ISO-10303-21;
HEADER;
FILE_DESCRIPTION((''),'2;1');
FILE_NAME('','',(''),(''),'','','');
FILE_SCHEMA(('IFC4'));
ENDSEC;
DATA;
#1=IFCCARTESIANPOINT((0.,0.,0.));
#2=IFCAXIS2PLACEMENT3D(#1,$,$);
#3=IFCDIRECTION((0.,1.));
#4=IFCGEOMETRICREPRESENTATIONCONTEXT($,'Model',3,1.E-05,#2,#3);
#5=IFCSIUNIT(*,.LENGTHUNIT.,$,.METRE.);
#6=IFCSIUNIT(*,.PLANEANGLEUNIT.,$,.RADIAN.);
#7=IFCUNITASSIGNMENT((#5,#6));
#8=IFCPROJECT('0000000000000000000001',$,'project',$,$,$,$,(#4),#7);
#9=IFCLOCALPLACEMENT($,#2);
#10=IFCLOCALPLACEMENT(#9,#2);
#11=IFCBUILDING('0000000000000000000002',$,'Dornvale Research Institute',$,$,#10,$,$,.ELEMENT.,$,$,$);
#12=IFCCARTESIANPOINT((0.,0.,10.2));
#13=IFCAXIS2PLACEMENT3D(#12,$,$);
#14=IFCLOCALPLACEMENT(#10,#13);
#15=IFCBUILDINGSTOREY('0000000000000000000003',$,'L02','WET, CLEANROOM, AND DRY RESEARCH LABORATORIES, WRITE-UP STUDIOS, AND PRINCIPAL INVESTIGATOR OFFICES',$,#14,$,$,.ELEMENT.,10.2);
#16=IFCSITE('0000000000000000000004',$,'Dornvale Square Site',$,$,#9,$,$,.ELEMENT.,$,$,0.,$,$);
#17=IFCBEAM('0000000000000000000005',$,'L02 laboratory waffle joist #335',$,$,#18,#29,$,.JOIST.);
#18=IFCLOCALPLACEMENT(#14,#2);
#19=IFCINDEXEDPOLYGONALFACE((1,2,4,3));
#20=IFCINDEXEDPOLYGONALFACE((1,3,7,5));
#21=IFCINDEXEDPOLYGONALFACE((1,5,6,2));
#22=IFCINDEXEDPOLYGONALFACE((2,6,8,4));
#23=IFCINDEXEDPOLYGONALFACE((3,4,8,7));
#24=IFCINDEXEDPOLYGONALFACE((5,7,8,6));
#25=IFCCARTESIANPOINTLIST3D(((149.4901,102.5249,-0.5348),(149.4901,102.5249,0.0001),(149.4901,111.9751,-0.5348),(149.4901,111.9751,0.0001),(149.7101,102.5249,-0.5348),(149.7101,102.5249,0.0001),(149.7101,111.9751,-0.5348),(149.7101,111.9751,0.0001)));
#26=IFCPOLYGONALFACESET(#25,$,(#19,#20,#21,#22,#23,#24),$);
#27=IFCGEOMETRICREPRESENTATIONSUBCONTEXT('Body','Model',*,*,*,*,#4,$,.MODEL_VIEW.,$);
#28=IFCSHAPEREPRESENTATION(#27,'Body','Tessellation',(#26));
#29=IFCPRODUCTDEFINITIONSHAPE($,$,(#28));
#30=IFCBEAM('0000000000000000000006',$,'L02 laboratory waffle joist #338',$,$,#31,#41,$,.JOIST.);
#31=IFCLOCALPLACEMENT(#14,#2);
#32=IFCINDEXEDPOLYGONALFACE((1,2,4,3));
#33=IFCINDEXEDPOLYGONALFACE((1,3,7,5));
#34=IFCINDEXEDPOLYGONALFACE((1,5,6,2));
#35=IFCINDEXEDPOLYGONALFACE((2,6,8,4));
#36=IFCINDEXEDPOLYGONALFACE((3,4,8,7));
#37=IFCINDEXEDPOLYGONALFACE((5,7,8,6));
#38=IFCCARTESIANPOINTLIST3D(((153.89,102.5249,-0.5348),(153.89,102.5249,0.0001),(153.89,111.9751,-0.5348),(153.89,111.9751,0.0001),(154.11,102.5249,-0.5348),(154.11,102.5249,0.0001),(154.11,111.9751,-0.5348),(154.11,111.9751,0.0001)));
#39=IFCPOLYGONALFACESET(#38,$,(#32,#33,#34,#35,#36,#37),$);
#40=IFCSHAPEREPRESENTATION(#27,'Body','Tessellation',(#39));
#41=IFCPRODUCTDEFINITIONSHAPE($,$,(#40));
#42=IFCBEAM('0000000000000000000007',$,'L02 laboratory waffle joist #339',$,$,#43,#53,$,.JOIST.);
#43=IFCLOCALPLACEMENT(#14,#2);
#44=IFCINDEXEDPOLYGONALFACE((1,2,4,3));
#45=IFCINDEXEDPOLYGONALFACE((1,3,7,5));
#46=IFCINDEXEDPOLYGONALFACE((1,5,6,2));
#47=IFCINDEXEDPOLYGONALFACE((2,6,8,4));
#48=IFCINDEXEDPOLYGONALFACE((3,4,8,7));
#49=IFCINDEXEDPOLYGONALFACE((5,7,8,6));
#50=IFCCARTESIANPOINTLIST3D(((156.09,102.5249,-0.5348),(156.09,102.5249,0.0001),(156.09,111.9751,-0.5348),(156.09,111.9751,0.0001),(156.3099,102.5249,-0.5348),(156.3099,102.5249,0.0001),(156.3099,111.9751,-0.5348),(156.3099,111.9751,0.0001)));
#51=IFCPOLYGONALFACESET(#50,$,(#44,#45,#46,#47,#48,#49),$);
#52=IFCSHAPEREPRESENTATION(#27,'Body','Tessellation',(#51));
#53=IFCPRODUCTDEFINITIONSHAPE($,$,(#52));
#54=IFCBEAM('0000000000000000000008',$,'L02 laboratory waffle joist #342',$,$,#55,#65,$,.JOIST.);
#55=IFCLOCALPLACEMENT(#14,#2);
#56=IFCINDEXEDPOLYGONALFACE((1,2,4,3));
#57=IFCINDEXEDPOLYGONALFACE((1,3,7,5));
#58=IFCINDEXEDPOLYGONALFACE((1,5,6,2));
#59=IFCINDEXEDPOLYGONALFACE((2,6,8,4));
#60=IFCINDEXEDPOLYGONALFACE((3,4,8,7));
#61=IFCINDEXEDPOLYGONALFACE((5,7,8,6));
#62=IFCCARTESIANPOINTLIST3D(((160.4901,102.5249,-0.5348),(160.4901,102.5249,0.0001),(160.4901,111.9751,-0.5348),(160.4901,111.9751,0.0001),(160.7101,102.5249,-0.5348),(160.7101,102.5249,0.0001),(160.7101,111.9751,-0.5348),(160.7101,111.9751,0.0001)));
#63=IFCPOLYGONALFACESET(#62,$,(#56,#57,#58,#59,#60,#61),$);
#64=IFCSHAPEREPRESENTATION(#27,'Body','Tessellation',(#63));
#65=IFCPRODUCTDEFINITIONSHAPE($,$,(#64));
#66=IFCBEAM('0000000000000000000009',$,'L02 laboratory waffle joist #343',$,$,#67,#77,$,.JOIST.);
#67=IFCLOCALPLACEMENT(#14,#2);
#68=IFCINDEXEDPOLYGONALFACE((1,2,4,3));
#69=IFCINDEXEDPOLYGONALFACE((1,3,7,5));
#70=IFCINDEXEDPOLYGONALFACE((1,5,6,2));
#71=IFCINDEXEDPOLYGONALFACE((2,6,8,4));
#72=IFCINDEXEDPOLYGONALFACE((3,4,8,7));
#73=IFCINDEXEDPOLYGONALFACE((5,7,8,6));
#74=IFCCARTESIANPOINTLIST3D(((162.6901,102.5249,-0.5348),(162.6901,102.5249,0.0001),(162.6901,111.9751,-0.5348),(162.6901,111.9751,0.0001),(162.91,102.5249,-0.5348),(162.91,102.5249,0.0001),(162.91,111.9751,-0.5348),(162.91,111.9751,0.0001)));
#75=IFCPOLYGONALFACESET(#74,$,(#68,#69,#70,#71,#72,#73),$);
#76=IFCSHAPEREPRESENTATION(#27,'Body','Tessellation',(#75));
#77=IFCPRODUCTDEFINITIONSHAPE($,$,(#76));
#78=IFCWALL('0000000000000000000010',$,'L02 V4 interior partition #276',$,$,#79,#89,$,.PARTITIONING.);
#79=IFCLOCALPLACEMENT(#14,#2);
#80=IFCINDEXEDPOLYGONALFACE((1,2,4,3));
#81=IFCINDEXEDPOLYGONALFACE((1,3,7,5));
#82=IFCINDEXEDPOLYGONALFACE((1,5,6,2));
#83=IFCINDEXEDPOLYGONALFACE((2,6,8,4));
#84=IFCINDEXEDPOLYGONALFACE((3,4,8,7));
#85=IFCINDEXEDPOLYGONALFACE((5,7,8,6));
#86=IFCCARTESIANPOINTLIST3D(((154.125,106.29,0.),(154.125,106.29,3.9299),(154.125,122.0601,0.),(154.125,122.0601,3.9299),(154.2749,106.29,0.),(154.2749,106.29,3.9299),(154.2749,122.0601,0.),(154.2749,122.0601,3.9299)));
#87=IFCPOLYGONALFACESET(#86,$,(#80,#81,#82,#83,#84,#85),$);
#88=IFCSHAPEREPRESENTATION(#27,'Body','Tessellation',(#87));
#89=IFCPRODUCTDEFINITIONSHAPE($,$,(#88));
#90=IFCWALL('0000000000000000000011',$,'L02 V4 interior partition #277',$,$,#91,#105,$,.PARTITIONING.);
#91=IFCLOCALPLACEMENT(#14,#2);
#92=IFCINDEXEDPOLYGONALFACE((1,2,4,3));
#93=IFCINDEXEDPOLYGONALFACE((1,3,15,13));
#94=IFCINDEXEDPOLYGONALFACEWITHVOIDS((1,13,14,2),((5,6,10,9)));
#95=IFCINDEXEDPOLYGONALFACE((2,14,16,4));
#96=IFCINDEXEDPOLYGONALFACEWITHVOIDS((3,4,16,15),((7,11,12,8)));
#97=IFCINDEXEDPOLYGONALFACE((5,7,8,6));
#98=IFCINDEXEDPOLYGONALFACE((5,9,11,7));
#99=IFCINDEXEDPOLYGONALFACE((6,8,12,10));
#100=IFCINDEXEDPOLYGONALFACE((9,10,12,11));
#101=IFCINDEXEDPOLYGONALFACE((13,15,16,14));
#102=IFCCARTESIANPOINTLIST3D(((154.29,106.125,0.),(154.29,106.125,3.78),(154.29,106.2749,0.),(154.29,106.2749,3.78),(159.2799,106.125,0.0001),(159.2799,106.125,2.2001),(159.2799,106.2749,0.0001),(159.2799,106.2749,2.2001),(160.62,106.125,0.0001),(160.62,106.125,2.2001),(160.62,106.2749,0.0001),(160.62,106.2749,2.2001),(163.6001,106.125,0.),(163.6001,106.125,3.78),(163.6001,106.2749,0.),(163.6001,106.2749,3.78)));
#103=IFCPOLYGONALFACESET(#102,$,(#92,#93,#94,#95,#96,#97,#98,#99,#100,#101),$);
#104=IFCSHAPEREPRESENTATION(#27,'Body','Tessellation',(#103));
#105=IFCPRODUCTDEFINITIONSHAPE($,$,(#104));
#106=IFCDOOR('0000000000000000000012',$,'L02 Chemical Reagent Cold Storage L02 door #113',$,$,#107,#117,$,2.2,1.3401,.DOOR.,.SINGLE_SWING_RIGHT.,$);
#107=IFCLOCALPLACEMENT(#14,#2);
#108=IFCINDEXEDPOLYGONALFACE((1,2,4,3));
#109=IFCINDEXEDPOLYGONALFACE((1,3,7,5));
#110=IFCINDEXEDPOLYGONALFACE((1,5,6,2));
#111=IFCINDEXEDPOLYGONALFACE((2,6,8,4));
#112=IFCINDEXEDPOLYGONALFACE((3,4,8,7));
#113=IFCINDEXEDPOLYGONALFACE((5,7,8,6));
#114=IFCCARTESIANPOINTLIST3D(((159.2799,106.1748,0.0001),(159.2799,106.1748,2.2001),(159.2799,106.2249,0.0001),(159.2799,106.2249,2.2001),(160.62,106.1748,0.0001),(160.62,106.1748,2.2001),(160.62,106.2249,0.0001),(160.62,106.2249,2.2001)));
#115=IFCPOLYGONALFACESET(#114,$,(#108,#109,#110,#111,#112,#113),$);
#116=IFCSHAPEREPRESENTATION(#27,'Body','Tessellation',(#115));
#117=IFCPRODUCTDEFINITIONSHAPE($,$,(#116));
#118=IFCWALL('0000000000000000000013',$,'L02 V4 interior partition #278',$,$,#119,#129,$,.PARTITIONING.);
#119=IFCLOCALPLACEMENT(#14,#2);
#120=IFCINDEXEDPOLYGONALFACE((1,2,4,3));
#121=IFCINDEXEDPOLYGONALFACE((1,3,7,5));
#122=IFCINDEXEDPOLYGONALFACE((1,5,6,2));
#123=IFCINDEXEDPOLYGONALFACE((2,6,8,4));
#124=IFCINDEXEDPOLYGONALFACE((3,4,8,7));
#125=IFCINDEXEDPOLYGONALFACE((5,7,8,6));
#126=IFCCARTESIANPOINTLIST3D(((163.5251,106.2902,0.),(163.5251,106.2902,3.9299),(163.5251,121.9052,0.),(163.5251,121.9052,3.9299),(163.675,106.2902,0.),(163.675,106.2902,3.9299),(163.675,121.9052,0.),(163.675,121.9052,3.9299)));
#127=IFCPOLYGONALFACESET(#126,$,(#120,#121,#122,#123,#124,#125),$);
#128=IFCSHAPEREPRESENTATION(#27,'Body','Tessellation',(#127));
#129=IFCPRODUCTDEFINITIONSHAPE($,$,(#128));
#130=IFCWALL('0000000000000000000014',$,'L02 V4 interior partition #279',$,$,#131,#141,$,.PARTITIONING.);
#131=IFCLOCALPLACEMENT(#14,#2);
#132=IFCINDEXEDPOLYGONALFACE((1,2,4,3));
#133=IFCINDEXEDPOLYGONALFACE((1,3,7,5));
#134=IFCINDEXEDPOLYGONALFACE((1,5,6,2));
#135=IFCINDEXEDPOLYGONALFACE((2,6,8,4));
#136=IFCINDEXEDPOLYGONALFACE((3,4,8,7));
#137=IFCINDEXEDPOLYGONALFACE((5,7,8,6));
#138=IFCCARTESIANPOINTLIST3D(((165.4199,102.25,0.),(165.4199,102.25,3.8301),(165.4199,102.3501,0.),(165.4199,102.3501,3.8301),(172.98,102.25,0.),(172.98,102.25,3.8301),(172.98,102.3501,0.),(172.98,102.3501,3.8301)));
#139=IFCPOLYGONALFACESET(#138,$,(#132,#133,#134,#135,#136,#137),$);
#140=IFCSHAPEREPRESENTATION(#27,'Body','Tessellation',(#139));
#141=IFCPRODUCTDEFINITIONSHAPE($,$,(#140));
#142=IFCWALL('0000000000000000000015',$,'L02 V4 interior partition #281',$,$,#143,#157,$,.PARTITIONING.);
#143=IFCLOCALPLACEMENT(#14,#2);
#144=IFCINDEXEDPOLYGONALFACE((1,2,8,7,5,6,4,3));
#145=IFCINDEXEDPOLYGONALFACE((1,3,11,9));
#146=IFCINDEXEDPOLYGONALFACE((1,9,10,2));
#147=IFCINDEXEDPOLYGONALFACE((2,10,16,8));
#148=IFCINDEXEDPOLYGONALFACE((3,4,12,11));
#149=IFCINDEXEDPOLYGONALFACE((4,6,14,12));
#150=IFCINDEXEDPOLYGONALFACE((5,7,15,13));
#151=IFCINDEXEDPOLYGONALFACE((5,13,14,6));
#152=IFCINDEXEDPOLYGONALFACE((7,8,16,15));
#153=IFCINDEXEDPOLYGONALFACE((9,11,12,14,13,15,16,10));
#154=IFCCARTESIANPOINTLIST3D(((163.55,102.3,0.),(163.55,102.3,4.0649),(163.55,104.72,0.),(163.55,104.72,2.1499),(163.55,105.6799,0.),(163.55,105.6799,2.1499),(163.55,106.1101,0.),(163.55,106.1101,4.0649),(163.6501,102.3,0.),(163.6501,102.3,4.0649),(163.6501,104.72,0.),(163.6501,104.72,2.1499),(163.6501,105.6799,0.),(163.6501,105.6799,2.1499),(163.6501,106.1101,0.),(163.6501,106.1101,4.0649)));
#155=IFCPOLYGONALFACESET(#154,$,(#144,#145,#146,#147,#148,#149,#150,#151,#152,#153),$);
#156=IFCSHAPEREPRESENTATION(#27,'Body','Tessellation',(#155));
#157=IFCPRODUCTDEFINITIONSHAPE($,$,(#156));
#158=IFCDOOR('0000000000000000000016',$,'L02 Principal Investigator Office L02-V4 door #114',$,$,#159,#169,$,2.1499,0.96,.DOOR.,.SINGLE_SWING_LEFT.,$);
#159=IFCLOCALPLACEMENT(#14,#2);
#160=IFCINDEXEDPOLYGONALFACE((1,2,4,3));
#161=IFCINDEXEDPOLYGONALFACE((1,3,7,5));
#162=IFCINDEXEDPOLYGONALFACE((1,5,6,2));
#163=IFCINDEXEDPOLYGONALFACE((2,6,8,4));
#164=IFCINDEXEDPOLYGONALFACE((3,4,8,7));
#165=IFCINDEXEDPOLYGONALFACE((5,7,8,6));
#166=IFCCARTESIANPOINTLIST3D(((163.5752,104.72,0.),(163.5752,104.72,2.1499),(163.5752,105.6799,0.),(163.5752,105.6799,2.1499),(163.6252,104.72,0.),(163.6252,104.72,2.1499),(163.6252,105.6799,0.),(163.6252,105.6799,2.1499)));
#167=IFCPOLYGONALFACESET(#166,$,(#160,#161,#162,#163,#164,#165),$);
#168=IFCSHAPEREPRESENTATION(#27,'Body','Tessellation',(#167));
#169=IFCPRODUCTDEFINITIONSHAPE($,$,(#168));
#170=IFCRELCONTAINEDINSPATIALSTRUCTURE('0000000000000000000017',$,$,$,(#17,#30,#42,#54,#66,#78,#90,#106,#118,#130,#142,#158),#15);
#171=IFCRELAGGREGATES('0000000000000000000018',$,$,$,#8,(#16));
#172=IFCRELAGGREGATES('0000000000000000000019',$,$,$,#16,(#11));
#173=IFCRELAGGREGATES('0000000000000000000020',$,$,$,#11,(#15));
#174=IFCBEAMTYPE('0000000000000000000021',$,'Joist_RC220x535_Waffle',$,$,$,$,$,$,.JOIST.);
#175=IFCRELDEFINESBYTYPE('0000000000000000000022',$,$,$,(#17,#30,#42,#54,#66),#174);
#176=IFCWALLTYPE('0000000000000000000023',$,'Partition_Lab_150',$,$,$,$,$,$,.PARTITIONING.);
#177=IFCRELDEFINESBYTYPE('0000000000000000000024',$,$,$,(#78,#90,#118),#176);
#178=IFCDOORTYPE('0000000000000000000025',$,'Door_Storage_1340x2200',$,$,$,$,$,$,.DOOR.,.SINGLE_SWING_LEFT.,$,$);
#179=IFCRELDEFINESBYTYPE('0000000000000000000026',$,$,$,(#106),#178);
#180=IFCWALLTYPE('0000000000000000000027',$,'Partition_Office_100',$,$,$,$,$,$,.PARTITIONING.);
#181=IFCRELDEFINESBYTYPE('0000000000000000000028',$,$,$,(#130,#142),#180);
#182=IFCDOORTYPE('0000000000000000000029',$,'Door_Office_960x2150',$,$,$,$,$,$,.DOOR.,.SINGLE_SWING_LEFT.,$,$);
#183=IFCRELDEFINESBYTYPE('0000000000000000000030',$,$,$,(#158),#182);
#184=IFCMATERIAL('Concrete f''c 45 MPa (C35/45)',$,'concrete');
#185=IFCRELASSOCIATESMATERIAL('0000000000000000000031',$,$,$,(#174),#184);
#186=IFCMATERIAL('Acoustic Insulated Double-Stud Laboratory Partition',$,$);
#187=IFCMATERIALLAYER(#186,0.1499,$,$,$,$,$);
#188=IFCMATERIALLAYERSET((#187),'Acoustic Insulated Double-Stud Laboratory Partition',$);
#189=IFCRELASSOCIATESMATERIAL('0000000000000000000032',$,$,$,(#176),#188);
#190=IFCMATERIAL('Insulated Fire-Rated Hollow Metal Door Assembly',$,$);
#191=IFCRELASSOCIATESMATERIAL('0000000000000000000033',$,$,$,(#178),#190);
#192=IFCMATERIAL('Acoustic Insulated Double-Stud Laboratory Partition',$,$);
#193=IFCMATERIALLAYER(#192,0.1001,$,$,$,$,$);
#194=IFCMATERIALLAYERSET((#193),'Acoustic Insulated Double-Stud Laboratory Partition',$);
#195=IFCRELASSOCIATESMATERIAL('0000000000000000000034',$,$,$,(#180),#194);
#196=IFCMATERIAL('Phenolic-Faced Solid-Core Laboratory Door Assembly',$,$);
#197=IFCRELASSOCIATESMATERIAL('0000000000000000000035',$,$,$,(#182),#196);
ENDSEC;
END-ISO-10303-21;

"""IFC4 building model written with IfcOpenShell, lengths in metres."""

from ifc_helpers import new_model, si_unit, direction, frame, frame_2d, origin, origin_2d, place, context, subcontext, project, spatial, rectangle, extrude, material, layer, layer_set, material_profile, profile_set, type_object, element, fill, save


model = new_model("IFC4")

# Units and contexts
model_context = context("Model", 3, precision=1e-05, world=origin(), true_north=direction((0.0, 1.0)))
body_context = subcontext(model_context, "Body", "Model", "MODEL_VIEW")
ifc_project = project(units=[si_unit("LENGTHUNIT", "METRE"), si_unit("PLANEANGLEUNIT", "RADIAN")], contexts=[model_context])

# Site, building, storey
site_placement = place(None, origin())
site = spatial("IfcSite", under=ifc_project, at=site_placement, Name="Dornvale Square Site", CompositionType="ELEMENT", RefElevation=0.0)
building_placement = place(site_placement, origin())
building = spatial("IfcBuilding", under=site, at=building_placement, Name="Dornvale Research Institute", CompositionType="ELEMENT")
storey_placement = place(building_placement, frame((0.0, 0.0, 10.2)))
storey = spatial("IfcBuildingStorey", under=building, at=storey_placement, Name="L02", Description="WET, CLEANROOM, AND DRY RESEARCH LABORATORIES, WRITE-UP STUDIOS, AND PRINCIPAL INVESTIGATOR OFFICES", CompositionType="ELEMENT", Elevation=10.2)

# Beams
ifc_material_1 = material(Name="Concrete f'c 45 MPa (C35/45)", Category="concrete")
ifc_material_profile_1 = material_profile(ifc_material_1, rectangle(XDim=0.22, YDim=0.5349, at=origin_2d()), Name="RC 220x535")
ifc_profile_set_1 = profile_set([ifc_material_profile_1], Name="Concrete f'c 45 MPa (C35/45)")
beam_type_1 = type_object("IfcBeamType", Name="Joist_RC220x535_Waffle", PredefinedType="JOIST", material=ifc_profile_set_1)
for number, where, z_axis, x_axis, name in (
    (1, (149.6001, 102.5249, -0.2673), (0.0, 1.0, 0.0), (-1.0, 0.0, 0.0), "L02 laboratory waffle joist #335"),
    (2, (154.0, 102.5249, -0.2673), (0.0, 1.0, 0.0), (-1.0, 0.0, 0.0), "L02 laboratory waffle joist #338"),
    (3, (156.2, 102.5249, -0.2673), (0.0, 1.0, 0.0), (-1.0, 0.0, 0.0), "L02 laboratory waffle joist #339"),
    (4, (160.6001, 102.5249, -0.2673), (0.0, 1.0, 0.0), (-1.0, 0.0, 0.0), "L02 laboratory waffle joist #342"),
    (5, (162.8, 102.5249, -0.2673), (0.0, 1.0, 0.0), (-1.0, 0.0, 0.0), "L02 laboratory waffle joist #343"),
):
    element("IfcBeam", number, at=place(storey_placement, frame(where, z_axis=z_axis, x_axis=x_axis)), inside=storey, type_object=beam_type_1, Name=name, PredefinedType="JOIST", context=body_context, shape_type="SweptSolid", body=[
        extrude(rectangle(XDim=0.22, YDim=0.5349, at=origin_2d()), origin(), (0.0, 0.0, 1.0), 9.4502),
    ])

# Wall
ifc_material_2 = material(Name="Acoustic Insulated Double-Stud Laboratory Partition")
ifc_layer_1 = layer(ifc_material_2, 0.1499)
ifc_layer_set_1 = layer_set([ifc_layer_1], Name="Acoustic Insulated Double-Stud Laboratory Partition")
wall_type_1 = type_object("IfcWallType", Name="Partition_Lab_150", PredefinedType="PARTITIONING", material=ifc_layer_set_1)
wall_1_placement = place(storey_placement, frame((154.2, 106.29, 0.0), z_axis=(0.0, 0.0, 1.0), x_axis=(0.0, 1.0, 0.0)))
element("IfcWall", 6, at=wall_1_placement, inside=storey, type_object=wall_type_1, Name="L02 V4 interior partition #276", PredefinedType="PARTITIONING", context=body_context, shape_type="SweptSolid", body=[
    extrude(rectangle(XDim=15.77, YDim=0.1499, at=frame_2d((7.885, 0.0))), origin(), (0.0, 0.0, 1.0), 3.9299),
])

# Wall, opening, door
wall_2_placement = place(storey_placement, frame((154.29, 106.2, 0.0), z_axis=(0.0, 0.0, 1.0), x_axis=(1.0, 0.0, 0.0)))
wall_2 = element("IfcWall", 7, at=wall_2_placement, inside=storey, type_object=wall_type_1, Name="L02 V4 interior partition #277", PredefinedType="PARTITIONING", context=body_context, shape_type="SweptSolid", body=[
    extrude(rectangle(XDim=9.3101, YDim=0.1499, at=frame_2d((4.655, 0.0))), origin(), (0.0, 0.0, 1.0), 3.78),
])
opening_1_placement = place(wall_2_placement, frame((4.99, 0.0, 0.0)))
opening_1 = element("IfcOpeningElement", 8, at=opening_1_placement, cuts=wall_2, PredefinedType="OPENING", context=body_context, shape_type="SweptSolid", body=[
    extrude(rectangle(XDim=1.3401, YDim=2.2, at=frame_2d((0.6699, 1.1001))), frame((0.0, 0.0898, 0.0), z_axis=(0.0, -1.0, 0.0), x_axis=(1.0, 0.0, 0.0)), (0.0, 0.0, 1.0), 0.1799),
])
ifc_material_3 = material(Name="Insulated Fire-Rated Hollow Metal Door Assembly")
door_type_1 = type_object("IfcDoorType", Name="Door_Storage_1340x2200", OperationType="SINGLE_SWING_LEFT", PredefinedType="DOOR", material=ifc_material_3)
door_1_placement = place(opening_1_placement, origin())
door_1 = element("IfcDoor", 9, at=door_1_placement, inside=storey, type_object=door_type_1, Name="L02 Chemical Reagent Cold Storage L02 door #113", OperationType="SINGLE_SWING_RIGHT", OverallHeight=2.2, OverallWidth=1.3401, PredefinedType="DOOR", context=body_context, shape_type="SweptSolid", body=[
    extrude(rectangle(XDim=1.3401, YDim=2.2, at=frame_2d((0.6699, 1.1001))), frame((0.0, 0.0249, 0.0), z_axis=(0.0, -1.0, 0.0), x_axis=(1.0, 0.0, 0.0)), (0.0, 0.0, 1.0), 0.05),
])
fill(opening_1, door_1)

# Walls
wall_3_placement = place(storey_placement, frame((163.6001, 106.29, 0.0), z_axis=(0.0, 0.0, 1.0), x_axis=(0.0, 1.0, 0.0)))
element("IfcWall", 10, at=wall_3_placement, inside=storey, type_object=wall_type_1, Name="L02 V4 interior partition #278", PredefinedType="PARTITIONING", context=body_context, shape_type="SweptSolid", body=[
    extrude(rectangle(XDim=15.615, YDim=0.1499, at=frame_2d((7.8076, 0.0))), origin(), (0.0, 0.0, 1.0), 3.9299),
])
ifc_material_4 = material(Name="Acoustic Insulated Double-Stud Laboratory Partition")
ifc_layer_2 = layer(ifc_material_4, 0.1001)
ifc_layer_set_2 = layer_set([ifc_layer_2], Name="Acoustic Insulated Double-Stud Laboratory Partition")
wall_type_2 = type_object("IfcWallType", Name="Partition_Office_100", PredefinedType="PARTITIONING", material=ifc_layer_set_2)
wall_4_placement = place(storey_placement, frame((165.4199, 102.3, 0.0), z_axis=(0.0, 0.0, 1.0), x_axis=(1.0, 0.0, 0.0)))
element("IfcWall", 11, at=wall_4_placement, inside=storey, type_object=wall_type_2, Name="L02 V4 interior partition #279", PredefinedType="PARTITIONING", context=body_context, shape_type="SweptSolid", body=[
    extrude(rectangle(XDim=7.5601, YDim=0.1001, at=frame_2d((3.78, 0.0))), origin(), (0.0, 0.0, 1.0), 3.8301),
])

# Wall, opening, door
wall_5_placement = place(storey_placement, frame((163.6001, 102.3, 0.0), z_axis=(0.0, 0.0, 1.0), x_axis=(0.0, 1.0, 0.0)))
wall_5 = element("IfcWall", 12, at=wall_5_placement, inside=storey, type_object=wall_type_2, Name="L02 V4 interior partition #281", PredefinedType="PARTITIONING", context=body_context, shape_type="SweptSolid", body=[
    extrude(rectangle(XDim=3.8101, YDim=0.1001, at=frame_2d((1.905, 0.0))), origin(), (0.0, 0.0, 1.0), 4.0649),
])
opening_2_placement = place(wall_5_placement, frame((2.4199, 0.0, 0.0)))
opening_2 = element("IfcOpeningElement", 13, at=opening_2_placement, cuts=wall_5, PredefinedType="OPENING", context=body_context, shape_type="SweptSolid", body=[
    extrude(rectangle(XDim=0.96, YDim=2.1499, at=frame_2d((0.48, 1.075))), frame((0.0, 0.0649, 0.0), z_axis=(0.0, -1.0, 0.0), x_axis=(1.0, 0.0, 0.0)), (0.0, 0.0, 1.0), 0.1301),
])
ifc_material_5 = material(Name="Phenolic-Faced Solid-Core Laboratory Door Assembly")
door_type_2 = type_object("IfcDoorType", Name="Door_Office_960x2150", OperationType="SINGLE_SWING_LEFT", PredefinedType="DOOR", material=ifc_material_5)
door_2_placement = place(opening_2_placement, origin())
door_2 = element("IfcDoor", 14, at=door_2_placement, inside=storey, type_object=door_type_2, Name="L02 Principal Investigator Office L02-V4 door #114", OperationType="SINGLE_SWING_LEFT", OverallHeight=2.1499, OverallWidth=0.96, PredefinedType="DOOR", context=body_context, shape_type="SweptSolid", body=[
    extrude(rectangle(XDim=0.96, YDim=2.1499, at=frame_2d((0.48, 1.075))), frame((0.0, 0.0249, 0.0), z_axis=(0.0, -1.0, 0.0), x_axis=(1.0, 0.0, 0.0)), (0.0, 0.0, 1.0), 0.05),
])
fill(opening_2, door_2)

save(model, "model.ifc")
